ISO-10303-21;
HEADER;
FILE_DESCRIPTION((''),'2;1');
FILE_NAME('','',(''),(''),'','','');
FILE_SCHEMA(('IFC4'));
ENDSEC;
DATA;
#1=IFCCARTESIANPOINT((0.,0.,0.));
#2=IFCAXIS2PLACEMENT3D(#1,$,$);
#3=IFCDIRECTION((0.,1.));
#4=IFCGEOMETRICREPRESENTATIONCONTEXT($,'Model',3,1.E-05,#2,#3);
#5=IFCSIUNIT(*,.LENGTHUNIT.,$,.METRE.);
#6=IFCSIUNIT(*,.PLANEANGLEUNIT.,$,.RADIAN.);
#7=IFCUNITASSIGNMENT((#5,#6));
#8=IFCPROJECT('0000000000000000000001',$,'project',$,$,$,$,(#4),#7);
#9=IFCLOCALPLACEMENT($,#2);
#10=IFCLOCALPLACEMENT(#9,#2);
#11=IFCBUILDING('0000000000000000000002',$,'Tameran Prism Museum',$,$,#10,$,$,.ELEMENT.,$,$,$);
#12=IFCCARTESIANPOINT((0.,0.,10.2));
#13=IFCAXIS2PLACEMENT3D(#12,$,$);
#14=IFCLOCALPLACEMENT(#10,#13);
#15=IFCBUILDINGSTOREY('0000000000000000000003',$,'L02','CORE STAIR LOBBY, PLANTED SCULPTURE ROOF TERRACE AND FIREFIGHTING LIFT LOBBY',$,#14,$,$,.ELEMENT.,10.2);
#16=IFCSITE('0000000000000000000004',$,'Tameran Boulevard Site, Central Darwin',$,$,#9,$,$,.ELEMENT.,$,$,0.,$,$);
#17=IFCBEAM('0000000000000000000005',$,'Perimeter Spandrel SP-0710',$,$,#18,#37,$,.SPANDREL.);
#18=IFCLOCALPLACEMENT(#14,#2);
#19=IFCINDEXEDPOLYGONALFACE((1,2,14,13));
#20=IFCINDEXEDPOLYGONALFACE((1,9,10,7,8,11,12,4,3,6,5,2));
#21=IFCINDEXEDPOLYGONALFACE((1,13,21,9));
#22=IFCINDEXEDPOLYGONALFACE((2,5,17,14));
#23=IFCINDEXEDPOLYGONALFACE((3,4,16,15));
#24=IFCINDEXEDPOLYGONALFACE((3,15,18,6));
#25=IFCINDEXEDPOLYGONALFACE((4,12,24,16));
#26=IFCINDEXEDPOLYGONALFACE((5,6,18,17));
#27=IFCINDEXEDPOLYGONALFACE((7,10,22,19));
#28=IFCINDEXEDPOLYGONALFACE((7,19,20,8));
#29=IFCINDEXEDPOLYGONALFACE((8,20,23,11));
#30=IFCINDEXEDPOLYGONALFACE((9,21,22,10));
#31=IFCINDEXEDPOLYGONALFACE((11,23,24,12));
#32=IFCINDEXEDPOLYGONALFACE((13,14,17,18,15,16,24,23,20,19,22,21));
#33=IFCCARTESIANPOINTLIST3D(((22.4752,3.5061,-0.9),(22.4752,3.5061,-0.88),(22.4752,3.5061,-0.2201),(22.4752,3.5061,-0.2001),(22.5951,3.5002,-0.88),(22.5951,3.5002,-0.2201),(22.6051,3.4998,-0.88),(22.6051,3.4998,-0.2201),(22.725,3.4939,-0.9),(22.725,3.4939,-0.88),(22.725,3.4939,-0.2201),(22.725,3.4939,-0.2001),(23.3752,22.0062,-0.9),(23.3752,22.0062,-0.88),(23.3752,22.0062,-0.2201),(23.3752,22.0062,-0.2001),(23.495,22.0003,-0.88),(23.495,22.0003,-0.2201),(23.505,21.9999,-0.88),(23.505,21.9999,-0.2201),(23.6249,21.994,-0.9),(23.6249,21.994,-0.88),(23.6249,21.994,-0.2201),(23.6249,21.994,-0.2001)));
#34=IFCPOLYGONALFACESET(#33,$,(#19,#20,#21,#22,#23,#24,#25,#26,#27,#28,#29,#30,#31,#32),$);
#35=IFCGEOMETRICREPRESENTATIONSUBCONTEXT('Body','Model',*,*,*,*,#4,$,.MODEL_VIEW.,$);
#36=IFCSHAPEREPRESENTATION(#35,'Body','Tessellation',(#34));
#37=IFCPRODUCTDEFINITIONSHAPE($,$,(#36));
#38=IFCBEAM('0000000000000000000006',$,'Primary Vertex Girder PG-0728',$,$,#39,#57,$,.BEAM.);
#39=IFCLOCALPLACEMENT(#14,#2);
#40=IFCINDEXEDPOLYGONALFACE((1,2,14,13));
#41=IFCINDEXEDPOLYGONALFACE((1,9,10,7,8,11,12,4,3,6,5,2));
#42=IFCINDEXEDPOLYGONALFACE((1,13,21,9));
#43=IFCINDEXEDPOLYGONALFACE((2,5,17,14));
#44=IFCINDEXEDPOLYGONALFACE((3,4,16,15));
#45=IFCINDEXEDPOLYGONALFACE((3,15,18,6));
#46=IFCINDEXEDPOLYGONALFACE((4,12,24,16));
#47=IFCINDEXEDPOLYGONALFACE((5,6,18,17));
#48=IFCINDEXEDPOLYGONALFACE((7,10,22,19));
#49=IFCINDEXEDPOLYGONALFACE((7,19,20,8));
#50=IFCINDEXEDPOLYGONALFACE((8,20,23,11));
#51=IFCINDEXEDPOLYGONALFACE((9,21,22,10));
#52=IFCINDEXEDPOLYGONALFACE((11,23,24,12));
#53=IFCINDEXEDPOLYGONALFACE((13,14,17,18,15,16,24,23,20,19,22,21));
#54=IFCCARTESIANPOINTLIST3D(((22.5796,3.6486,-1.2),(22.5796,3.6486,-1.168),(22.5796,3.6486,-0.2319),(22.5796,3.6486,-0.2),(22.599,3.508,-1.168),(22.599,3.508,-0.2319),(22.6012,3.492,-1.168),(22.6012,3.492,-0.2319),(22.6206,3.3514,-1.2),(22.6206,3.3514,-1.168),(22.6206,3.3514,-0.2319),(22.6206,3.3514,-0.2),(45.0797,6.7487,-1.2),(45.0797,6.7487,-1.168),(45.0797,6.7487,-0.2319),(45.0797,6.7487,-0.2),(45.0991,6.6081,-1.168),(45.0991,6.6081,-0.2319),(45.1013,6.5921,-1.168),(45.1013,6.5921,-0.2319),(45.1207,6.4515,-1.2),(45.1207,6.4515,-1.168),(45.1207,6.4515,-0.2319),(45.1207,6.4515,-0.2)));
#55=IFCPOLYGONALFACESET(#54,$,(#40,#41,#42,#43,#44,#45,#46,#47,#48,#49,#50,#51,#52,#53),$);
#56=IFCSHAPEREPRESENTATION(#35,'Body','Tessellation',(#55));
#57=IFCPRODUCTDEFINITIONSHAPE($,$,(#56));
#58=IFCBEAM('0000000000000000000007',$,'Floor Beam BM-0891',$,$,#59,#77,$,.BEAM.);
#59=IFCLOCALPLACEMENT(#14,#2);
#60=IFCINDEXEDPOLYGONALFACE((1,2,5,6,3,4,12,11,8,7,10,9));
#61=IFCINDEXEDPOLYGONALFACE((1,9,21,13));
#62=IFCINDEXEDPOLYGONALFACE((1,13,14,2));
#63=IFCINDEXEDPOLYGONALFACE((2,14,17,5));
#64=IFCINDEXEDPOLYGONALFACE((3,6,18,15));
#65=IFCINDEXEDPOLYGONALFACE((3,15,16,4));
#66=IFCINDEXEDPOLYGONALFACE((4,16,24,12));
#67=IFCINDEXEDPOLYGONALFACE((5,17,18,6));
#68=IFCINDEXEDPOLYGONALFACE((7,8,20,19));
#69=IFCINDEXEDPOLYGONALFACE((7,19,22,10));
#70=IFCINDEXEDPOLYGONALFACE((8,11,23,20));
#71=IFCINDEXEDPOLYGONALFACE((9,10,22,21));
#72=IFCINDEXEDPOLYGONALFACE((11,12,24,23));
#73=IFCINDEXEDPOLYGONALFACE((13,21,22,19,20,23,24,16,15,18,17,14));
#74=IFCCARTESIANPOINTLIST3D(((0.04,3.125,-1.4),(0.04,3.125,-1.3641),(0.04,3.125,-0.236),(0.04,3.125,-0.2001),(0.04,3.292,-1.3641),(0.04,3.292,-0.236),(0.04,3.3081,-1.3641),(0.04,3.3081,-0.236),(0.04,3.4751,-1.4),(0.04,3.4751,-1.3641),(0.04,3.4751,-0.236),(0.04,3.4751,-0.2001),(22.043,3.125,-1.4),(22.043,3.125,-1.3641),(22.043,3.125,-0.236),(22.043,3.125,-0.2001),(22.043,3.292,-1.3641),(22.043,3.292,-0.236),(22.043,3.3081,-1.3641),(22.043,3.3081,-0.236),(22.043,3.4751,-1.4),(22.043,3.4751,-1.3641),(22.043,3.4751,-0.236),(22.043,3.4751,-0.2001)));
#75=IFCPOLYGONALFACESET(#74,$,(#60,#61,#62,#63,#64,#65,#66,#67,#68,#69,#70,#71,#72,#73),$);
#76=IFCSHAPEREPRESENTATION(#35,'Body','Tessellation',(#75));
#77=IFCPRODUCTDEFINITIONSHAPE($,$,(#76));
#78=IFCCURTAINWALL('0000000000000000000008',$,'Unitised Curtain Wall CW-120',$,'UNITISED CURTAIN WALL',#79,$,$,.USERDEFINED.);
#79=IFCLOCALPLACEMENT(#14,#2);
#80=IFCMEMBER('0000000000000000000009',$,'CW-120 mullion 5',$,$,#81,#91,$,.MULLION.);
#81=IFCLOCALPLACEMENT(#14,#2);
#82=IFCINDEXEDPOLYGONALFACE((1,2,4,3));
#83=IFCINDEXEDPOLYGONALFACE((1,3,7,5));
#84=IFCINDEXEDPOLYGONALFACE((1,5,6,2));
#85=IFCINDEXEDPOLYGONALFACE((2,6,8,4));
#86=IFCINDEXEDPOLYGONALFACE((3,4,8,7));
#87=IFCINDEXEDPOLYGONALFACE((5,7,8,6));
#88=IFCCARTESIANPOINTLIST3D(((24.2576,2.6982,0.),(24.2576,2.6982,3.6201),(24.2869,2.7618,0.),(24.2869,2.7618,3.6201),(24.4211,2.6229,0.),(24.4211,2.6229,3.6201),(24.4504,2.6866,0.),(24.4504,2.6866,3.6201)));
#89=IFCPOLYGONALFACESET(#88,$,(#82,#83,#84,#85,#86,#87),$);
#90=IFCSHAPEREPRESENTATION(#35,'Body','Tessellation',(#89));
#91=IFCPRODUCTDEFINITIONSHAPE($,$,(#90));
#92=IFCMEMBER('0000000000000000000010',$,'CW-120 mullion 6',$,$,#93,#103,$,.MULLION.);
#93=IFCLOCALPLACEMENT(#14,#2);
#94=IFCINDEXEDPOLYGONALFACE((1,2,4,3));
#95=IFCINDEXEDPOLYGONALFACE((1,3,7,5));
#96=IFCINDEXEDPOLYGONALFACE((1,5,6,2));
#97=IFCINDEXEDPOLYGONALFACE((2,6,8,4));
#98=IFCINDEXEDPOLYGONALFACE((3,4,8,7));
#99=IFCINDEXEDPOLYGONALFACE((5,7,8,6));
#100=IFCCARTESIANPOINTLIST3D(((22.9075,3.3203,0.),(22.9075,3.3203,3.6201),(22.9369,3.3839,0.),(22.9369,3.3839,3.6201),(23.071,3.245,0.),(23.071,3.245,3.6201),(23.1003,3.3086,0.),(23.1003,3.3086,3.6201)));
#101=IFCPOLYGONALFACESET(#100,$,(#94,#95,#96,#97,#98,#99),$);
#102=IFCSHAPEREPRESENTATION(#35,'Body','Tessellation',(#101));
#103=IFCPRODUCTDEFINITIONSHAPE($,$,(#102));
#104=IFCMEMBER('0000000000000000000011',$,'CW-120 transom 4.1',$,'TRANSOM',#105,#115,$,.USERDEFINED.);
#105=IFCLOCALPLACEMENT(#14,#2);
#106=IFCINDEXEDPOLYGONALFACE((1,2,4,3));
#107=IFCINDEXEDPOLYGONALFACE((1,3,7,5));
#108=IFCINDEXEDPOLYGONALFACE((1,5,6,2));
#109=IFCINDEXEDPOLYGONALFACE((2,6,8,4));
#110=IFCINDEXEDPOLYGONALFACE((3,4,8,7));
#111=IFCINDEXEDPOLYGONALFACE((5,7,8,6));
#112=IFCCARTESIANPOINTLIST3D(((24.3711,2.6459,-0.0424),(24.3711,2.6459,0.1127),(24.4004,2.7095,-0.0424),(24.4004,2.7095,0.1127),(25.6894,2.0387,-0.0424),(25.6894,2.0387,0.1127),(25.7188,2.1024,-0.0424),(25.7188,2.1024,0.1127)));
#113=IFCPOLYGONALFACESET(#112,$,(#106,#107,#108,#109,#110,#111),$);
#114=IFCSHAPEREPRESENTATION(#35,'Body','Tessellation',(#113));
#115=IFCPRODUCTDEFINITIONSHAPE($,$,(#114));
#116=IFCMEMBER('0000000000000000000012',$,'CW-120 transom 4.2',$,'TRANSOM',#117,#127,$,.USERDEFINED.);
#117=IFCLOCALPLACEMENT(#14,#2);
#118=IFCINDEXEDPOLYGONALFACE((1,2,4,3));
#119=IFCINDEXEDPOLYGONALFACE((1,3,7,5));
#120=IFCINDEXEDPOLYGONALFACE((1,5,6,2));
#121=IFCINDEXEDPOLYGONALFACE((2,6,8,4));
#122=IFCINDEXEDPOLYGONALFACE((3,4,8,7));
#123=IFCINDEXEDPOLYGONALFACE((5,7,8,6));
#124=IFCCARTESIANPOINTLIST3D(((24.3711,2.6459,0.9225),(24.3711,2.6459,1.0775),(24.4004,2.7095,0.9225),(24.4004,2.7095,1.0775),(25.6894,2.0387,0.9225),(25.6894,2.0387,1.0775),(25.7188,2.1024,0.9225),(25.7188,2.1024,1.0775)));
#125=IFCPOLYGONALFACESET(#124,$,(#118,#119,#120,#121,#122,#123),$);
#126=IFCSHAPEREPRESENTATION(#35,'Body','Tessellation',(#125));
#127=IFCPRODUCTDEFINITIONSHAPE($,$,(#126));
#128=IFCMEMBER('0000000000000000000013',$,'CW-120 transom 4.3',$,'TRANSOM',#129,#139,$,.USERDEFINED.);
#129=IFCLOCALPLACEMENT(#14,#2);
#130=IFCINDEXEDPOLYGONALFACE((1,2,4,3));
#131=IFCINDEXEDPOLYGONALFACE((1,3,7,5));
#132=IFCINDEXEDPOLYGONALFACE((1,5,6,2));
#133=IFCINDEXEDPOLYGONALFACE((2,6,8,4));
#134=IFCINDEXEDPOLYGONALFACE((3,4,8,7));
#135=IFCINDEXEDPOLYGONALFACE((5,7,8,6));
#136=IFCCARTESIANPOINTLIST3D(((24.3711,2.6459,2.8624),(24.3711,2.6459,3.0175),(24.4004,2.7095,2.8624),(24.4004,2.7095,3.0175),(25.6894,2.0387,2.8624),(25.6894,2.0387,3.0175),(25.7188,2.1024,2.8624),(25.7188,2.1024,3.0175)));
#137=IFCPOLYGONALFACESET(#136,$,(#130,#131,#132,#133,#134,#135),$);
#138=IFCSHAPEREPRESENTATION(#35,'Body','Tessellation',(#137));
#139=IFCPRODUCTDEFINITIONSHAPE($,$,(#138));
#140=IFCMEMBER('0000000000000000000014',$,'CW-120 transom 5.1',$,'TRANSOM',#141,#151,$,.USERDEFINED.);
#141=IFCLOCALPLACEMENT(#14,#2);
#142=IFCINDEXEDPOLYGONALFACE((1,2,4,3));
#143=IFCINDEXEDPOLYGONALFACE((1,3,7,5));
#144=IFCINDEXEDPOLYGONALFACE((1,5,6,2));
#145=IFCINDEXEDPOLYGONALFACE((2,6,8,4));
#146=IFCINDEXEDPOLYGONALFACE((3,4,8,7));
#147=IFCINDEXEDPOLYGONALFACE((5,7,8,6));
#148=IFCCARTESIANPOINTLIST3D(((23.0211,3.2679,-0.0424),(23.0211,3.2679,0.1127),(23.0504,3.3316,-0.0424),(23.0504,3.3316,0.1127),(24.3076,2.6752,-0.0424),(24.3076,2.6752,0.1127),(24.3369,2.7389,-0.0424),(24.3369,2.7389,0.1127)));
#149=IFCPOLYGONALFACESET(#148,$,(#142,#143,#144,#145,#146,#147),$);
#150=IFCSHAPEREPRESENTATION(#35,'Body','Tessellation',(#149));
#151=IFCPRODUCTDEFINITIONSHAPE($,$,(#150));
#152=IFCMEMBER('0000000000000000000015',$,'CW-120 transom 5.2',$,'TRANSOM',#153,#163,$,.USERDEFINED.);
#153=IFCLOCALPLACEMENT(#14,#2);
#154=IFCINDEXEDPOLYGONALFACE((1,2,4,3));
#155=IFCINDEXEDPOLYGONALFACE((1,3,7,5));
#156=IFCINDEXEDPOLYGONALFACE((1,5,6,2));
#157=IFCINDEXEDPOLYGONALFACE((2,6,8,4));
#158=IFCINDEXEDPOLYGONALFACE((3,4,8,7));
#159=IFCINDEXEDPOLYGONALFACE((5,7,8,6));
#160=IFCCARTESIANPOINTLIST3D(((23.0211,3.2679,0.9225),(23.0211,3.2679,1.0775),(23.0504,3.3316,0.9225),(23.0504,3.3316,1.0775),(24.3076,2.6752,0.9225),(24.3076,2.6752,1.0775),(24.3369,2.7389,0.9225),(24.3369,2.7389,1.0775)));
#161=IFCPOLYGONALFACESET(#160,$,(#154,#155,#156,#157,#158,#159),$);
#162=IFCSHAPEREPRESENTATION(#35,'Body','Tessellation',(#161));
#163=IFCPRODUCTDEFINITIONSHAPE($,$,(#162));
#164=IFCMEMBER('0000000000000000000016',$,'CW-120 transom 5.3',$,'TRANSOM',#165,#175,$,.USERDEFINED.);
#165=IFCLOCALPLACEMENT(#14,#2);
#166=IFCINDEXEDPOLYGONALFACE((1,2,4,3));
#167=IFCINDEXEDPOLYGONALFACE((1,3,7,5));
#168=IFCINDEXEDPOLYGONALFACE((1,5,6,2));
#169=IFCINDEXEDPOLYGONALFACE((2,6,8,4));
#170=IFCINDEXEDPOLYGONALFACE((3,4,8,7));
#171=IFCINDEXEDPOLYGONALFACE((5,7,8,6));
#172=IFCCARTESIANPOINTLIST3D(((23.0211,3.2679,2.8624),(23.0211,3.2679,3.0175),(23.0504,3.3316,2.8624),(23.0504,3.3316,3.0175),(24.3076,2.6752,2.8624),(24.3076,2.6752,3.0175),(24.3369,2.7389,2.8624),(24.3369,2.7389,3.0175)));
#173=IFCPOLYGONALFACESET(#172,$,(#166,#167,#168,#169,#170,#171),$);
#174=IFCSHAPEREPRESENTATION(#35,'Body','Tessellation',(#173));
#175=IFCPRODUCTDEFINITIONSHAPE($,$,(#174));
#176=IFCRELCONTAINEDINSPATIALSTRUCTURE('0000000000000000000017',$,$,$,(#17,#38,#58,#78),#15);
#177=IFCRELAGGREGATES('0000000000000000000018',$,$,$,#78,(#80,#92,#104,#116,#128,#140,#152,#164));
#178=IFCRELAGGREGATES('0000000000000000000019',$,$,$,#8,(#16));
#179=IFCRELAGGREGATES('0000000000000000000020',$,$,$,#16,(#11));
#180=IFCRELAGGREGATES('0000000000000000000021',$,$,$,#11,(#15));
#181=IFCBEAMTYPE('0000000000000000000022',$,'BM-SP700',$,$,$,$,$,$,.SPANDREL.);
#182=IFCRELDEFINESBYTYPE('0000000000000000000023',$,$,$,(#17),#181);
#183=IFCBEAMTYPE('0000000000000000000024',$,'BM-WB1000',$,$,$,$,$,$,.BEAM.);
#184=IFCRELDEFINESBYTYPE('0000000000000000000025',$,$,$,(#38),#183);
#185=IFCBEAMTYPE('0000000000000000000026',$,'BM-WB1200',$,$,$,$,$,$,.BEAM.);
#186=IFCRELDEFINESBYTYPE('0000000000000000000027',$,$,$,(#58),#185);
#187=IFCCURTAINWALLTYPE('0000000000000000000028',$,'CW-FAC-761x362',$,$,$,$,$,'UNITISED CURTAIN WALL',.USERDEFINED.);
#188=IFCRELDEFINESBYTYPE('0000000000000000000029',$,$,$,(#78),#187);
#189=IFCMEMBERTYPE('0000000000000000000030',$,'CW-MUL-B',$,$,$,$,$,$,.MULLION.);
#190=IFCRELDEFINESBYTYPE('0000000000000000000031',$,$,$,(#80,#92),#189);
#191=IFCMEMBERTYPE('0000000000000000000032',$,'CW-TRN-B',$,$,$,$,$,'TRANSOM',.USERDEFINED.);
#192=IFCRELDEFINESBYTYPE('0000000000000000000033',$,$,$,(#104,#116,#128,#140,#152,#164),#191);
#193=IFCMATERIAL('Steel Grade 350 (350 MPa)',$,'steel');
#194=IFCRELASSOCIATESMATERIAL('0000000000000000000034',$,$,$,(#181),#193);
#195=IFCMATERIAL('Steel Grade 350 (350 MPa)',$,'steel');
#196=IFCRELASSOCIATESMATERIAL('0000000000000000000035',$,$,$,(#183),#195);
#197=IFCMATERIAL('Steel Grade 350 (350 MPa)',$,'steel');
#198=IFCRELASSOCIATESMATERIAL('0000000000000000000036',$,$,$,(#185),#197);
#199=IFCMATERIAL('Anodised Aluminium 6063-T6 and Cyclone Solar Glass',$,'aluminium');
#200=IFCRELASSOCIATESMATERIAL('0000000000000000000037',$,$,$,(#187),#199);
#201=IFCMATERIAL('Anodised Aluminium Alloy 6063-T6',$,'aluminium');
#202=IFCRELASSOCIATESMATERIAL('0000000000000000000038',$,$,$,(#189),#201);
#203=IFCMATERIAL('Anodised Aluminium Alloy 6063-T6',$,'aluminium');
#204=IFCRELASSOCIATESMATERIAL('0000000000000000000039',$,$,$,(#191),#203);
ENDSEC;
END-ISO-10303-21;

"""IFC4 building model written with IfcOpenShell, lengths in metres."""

from ifc_helpers import new_model, si_unit, direction, frame, origin, origin_2d, place, context, subcontext, project, spatial, rectangle, i_section, extrude, material, material_profile, profile_set, type_object, element, aggregate, save


model = new_model("IFC4")

# Units and contexts
model_context = context("Model", 3, precision=1e-05, world=origin(), true_north=direction((0.0, 1.0)))
body_context = subcontext(model_context, "Body", "Model", "MODEL_VIEW")
ifc_project = project(units=[si_unit("LENGTHUNIT", "METRE"), si_unit("PLANEANGLEUNIT", "RADIAN")], contexts=[model_context])

# Site, building, storey
site_placement = place(None, origin())
site = spatial("IfcSite", under=ifc_project, at=site_placement, Name="Tameran Boulevard Site, Central Darwin", CompositionType="ELEMENT", RefElevation=0.0)
building_placement = place(site_placement, origin())
building = spatial("IfcBuilding", under=site, at=building_placement, Name="Tameran Prism Museum", CompositionType="ELEMENT")
storey_placement = place(building_placement, frame((0.0, 0.0, 10.2)))
storey = spatial("IfcBuildingStorey", under=building, at=storey_placement, Name="L02", Description="CORE STAIR LOBBY, PLANTED SCULPTURE ROOF TERRACE AND FIREFIGHTING LIFT LOBBY", CompositionType="ELEMENT", Elevation=10.2)

# Beams
ifc_material_1 = material(Name="Steel Grade 350 (350 MPa)", Category="steel")
ifc_material_profile_1 = material_profile(ifc_material_1, i_section(OverallWidth=0.25, OverallDepth=0.7, WebThickness=0.01, FlangeThickness=0.02, at=origin_2d()))
ifc_profile_set_1 = profile_set([ifc_material_profile_1])
beam_type_1 = type_object("IfcBeamType", Name="BM-SP700", PredefinedType="SPANDREL", material=ifc_profile_set_1)
beam_1_placement = place(storey_placement, frame((22.6001, 3.5, -0.55), z_axis=(0.048586, 0.998819, 0.0), x_axis=(-0.998819, 0.048586, 0.0)))
element("IfcBeam", 1, at=beam_1_placement, inside=storey, type_object=beam_type_1, Name="Perimeter Spandrel SP-0710", PredefinedType="SPANDREL", context=body_context, shape_type="SweptSolid", body=[
    extrude(i_section(OverallWidth=0.25, OverallDepth=0.7, WebThickness=0.01, FlangeThickness=0.02, at=origin_2d()), origin(), (0.0, 0.0, 1.0), 18.522),
])
ifc_material_2 = material(Name="Steel Grade 350 (350 MPa)", Category="steel")
ifc_material_profile_2 = material_profile(ifc_material_2, i_section(OverallWidth=0.3, OverallDepth=1.0, WebThickness=0.0161, FlangeThickness=0.032, at=origin_2d()))
ifc_profile_set_2 = profile_set([ifc_material_profile_2])
beam_type_2 = type_object("IfcBeamType", Name="BM-WB1000", PredefinedType="BEAM", material=ifc_profile_set_2)
beam_2_placement = place(storey_placement, frame((22.6001, 3.5, -0.7), z_axis=(0.990641, 0.136493, 0.0), x_axis=(-0.136493, 0.990641, 0.0)))
element("IfcBeam", 2, at=beam_2_placement, inside=storey, type_object=beam_type_2, Name="Primary Vertex Girder PG-0728", PredefinedType="BEAM", context=body_context, shape_type="SweptSolid", body=[
    extrude(i_section(OverallWidth=0.3, OverallDepth=1.0, WebThickness=0.0161, FlangeThickness=0.032, at=origin_2d()), origin(), (0.0, 0.0, 1.0), 22.7126),
])
ifc_material_3 = material(Name="Steel Grade 350 (350 MPa)", Category="steel")
ifc_material_profile_3 = material_profile(ifc_material_3, i_section(OverallWidth=0.3501, OverallDepth=1.2, WebThickness=0.0161, FlangeThickness=0.0359, at=origin_2d()))
ifc_profile_set_3 = profile_set([ifc_material_profile_3])
beam_type_3 = type_object("IfcBeamType", Name="BM-WB1200", PredefinedType="BEAM", material=ifc_profile_set_3)
beam_3_placement = place(storey_placement, frame((0.04, 3.3, -0.8), z_axis=(1.0, 0.0, 0.0), x_axis=(0.0, 1.0, 0.0)))
element("IfcBeam", 3, at=beam_3_placement, inside=storey, type_object=beam_type_3, Name="Floor Beam BM-0891", PredefinedType="BEAM", context=body_context, shape_type="SweptSolid", body=[
    extrude(i_section(OverallWidth=0.3501, OverallDepth=1.2, WebThickness=0.0161, FlangeThickness=0.0359, at=origin_2d()), origin(), (0.0, 0.0, 1.0), 22.0029),
])

# Curtain wall, members
ifc_material_4 = material(Name="Anodised Aluminium 6063-T6 and Cyclone Solar Glass", Category="aluminium")
curtain_wall_type = type_object("IfcCurtainWallType", Name="CW-FAC-761x362", ElementType="UNITISED CURTAIN WALL", PredefinedType="USERDEFINED", material=ifc_material_4)
curtain_wall_placement = place(storey_placement, origin())
curtain_wall = element("IfcCurtainWall", 4, at=curtain_wall_placement, inside=storey, type_object=curtain_wall_type, Name="Unitised Curtain Wall CW-120", ObjectType="UNITISED CURTAIN WALL", PredefinedType="USERDEFINED")
ifc_material_5 = material(Name="Anodised Aluminium Alloy 6063-T6", Category="aluminium")
ifc_material_profile_4 = material_profile(ifc_material_5, rectangle(XDim=0.0701, YDim=0.1799, at=origin_2d()))
ifc_profile_set_4 = profile_set([ifc_material_profile_4])
member_type_1 = type_object("IfcMemberType", Name="CW-MUL-B", PredefinedType="MULLION", material=ifc_profile_set_4)
member_1_placement = place(storey_placement, frame((24.354, 2.6924, 0.0), z_axis=(0.0, 0.0, 1.0), x_axis=(-0.418383, -0.908271, 0.0)))
member_1 = element("IfcMember", 5, at=member_1_placement, type_object=member_type_1, Name="CW-120 mullion 5", PredefinedType="MULLION", context=body_context, shape_type="SweptSolid", body=[
    extrude(rectangle(XDim=0.0701, YDim=0.1799, at=origin_2d()), origin(), (0.0, 0.0, 1.0), 3.6201),
])
member_2_placement = place(storey_placement, frame((23.0039, 3.3145, 0.0), z_axis=(0.0, 0.0, 1.0), x_axis=(-0.418383, -0.908271, 0.0)))
member_2 = element("IfcMember", 6, at=member_2_placement, type_object=member_type_1, Name="CW-120 mullion 6", PredefinedType="MULLION", context=body_context, shape_type="SweptSolid", body=[
    extrude(rectangle(XDim=0.0701, YDim=0.1799, at=origin_2d()), origin(), (0.0, 0.0, 1.0), 3.6201),
])
ifc_material_6 = material(Name="Anodised Aluminium Alloy 6063-T6", Category="aluminium")
ifc_material_profile_5 = material_profile(ifc_material_6, rectangle(XDim=0.0701, YDim=0.155, at=origin_2d()))
ifc_profile_set_5 = profile_set([ifc_material_profile_5])
member_type_2 = type_object("IfcMemberType", Name="CW-TRN-B", ElementType="TRANSOM", PredefinedType="USERDEFINED", material=ifc_profile_set_5)
member_3_placement = place(storey_placement, frame((25.7041, 2.0706, 0.0352), z_axis=(-0.908299, 0.418322, 0.0), x_axis=(-0.418322, -0.908299, 0.0)))
member_3 = element("IfcMember", 7, at=member_3_placement, type_object=member_type_2, Name="CW-120 transom 4.1", ObjectType="TRANSOM", PredefinedType="USERDEFINED", context=body_context, shape_type="SweptSolid", body=[
    extrude(rectangle(XDim=0.0701, YDim=0.155, at=origin_2d()), origin(), (0.0, 0.0, 1.0), 1.4514),
])
member_4_placement = place(storey_placement, frame((25.7041, 2.0706, 1.0), z_axis=(-0.908299, 0.418322, 0.0), x_axis=(-0.418322, -0.908299, 0.0)))
member_4 = element("IfcMember", 8, at=member_4_placement, type_object=member_type_2, Name="CW-120 transom 4.2", ObjectType="TRANSOM", PredefinedType="USERDEFINED", context=body_context, shape_type="SweptSolid", body=[
    extrude(rectangle(XDim=0.0701, YDim=0.155, at=origin_2d()), origin(), (0.0, 0.0, 1.0), 1.4514),
])
member_5_placement = place(storey_placement, frame((25.7041, 2.0706, 2.9399), z_axis=(-0.908299, 0.418322, 0.0), x_axis=(-0.418322, -0.908299, 0.0)))
member_5 = element("IfcMember", 9, at=member_5_placement, type_object=member_type_2, Name="CW-120 transom 4.3", ObjectType="TRANSOM", PredefinedType="USERDEFINED", context=body_context, shape_type="SweptSolid", body=[
    extrude(rectangle(XDim=0.0701, YDim=0.155, at=origin_2d()), origin(), (0.0, 0.0, 1.0), 1.4514),
])
member_6_placement = place(storey_placement, frame((24.3223, 2.707, 0.0352), z_axis=(-0.908242, 0.418446, 0.0), x_axis=(-0.418446, -0.908242, 0.0)))
member_6 = element("IfcMember", 10, at=member_6_placement, type_object=member_type_2, Name="CW-120 transom 5.1", ObjectType="TRANSOM", PredefinedType="USERDEFINED", context=body_context, shape_type="SweptSolid", body=[
    extrude(rectangle(XDim=0.0701, YDim=0.155, at=origin_2d()), origin(), (0.0, 0.0, 1.0), 1.4165),
])
member_7_placement = place(storey_placement, frame((24.3223, 2.707, 1.0), z_axis=(-0.908242, 0.418446, 0.0), x_axis=(-0.418446, -0.908242, 0.0)))
member_7 = element("IfcMember", 11, at=member_7_placement, type_object=member_type_2, Name="CW-120 transom 5.2", ObjectType="TRANSOM", PredefinedType="USERDEFINED", context=body_context, shape_type="SweptSolid", body=[
    extrude(rectangle(XDim=0.0701, YDim=0.155, at=origin_2d()), origin(), (0.0, 0.0, 1.0), 1.4165),
])
member_8_placement = place(storey_placement, frame((24.3223, 2.707, 2.9399), z_axis=(-0.908242, 0.418446, 0.0), x_axis=(-0.418446, -0.908242, 0.0)))
member_8 = element("IfcMember", 12, at=member_8_placement, type_object=member_type_2, Name="CW-120 transom 5.3", ObjectType="TRANSOM", PredefinedType="USERDEFINED", context=body_context, shape_type="SweptSolid", body=[
    extrude(rectangle(XDim=0.0701, YDim=0.155, at=origin_2d()), origin(), (0.0, 0.0, 1.0), 1.4165),
])
aggregate(curtain_wall, [member_1, member_2, member_3, member_4, member_5, member_6, member_7, member_8])

save(model, "model.ifc")
